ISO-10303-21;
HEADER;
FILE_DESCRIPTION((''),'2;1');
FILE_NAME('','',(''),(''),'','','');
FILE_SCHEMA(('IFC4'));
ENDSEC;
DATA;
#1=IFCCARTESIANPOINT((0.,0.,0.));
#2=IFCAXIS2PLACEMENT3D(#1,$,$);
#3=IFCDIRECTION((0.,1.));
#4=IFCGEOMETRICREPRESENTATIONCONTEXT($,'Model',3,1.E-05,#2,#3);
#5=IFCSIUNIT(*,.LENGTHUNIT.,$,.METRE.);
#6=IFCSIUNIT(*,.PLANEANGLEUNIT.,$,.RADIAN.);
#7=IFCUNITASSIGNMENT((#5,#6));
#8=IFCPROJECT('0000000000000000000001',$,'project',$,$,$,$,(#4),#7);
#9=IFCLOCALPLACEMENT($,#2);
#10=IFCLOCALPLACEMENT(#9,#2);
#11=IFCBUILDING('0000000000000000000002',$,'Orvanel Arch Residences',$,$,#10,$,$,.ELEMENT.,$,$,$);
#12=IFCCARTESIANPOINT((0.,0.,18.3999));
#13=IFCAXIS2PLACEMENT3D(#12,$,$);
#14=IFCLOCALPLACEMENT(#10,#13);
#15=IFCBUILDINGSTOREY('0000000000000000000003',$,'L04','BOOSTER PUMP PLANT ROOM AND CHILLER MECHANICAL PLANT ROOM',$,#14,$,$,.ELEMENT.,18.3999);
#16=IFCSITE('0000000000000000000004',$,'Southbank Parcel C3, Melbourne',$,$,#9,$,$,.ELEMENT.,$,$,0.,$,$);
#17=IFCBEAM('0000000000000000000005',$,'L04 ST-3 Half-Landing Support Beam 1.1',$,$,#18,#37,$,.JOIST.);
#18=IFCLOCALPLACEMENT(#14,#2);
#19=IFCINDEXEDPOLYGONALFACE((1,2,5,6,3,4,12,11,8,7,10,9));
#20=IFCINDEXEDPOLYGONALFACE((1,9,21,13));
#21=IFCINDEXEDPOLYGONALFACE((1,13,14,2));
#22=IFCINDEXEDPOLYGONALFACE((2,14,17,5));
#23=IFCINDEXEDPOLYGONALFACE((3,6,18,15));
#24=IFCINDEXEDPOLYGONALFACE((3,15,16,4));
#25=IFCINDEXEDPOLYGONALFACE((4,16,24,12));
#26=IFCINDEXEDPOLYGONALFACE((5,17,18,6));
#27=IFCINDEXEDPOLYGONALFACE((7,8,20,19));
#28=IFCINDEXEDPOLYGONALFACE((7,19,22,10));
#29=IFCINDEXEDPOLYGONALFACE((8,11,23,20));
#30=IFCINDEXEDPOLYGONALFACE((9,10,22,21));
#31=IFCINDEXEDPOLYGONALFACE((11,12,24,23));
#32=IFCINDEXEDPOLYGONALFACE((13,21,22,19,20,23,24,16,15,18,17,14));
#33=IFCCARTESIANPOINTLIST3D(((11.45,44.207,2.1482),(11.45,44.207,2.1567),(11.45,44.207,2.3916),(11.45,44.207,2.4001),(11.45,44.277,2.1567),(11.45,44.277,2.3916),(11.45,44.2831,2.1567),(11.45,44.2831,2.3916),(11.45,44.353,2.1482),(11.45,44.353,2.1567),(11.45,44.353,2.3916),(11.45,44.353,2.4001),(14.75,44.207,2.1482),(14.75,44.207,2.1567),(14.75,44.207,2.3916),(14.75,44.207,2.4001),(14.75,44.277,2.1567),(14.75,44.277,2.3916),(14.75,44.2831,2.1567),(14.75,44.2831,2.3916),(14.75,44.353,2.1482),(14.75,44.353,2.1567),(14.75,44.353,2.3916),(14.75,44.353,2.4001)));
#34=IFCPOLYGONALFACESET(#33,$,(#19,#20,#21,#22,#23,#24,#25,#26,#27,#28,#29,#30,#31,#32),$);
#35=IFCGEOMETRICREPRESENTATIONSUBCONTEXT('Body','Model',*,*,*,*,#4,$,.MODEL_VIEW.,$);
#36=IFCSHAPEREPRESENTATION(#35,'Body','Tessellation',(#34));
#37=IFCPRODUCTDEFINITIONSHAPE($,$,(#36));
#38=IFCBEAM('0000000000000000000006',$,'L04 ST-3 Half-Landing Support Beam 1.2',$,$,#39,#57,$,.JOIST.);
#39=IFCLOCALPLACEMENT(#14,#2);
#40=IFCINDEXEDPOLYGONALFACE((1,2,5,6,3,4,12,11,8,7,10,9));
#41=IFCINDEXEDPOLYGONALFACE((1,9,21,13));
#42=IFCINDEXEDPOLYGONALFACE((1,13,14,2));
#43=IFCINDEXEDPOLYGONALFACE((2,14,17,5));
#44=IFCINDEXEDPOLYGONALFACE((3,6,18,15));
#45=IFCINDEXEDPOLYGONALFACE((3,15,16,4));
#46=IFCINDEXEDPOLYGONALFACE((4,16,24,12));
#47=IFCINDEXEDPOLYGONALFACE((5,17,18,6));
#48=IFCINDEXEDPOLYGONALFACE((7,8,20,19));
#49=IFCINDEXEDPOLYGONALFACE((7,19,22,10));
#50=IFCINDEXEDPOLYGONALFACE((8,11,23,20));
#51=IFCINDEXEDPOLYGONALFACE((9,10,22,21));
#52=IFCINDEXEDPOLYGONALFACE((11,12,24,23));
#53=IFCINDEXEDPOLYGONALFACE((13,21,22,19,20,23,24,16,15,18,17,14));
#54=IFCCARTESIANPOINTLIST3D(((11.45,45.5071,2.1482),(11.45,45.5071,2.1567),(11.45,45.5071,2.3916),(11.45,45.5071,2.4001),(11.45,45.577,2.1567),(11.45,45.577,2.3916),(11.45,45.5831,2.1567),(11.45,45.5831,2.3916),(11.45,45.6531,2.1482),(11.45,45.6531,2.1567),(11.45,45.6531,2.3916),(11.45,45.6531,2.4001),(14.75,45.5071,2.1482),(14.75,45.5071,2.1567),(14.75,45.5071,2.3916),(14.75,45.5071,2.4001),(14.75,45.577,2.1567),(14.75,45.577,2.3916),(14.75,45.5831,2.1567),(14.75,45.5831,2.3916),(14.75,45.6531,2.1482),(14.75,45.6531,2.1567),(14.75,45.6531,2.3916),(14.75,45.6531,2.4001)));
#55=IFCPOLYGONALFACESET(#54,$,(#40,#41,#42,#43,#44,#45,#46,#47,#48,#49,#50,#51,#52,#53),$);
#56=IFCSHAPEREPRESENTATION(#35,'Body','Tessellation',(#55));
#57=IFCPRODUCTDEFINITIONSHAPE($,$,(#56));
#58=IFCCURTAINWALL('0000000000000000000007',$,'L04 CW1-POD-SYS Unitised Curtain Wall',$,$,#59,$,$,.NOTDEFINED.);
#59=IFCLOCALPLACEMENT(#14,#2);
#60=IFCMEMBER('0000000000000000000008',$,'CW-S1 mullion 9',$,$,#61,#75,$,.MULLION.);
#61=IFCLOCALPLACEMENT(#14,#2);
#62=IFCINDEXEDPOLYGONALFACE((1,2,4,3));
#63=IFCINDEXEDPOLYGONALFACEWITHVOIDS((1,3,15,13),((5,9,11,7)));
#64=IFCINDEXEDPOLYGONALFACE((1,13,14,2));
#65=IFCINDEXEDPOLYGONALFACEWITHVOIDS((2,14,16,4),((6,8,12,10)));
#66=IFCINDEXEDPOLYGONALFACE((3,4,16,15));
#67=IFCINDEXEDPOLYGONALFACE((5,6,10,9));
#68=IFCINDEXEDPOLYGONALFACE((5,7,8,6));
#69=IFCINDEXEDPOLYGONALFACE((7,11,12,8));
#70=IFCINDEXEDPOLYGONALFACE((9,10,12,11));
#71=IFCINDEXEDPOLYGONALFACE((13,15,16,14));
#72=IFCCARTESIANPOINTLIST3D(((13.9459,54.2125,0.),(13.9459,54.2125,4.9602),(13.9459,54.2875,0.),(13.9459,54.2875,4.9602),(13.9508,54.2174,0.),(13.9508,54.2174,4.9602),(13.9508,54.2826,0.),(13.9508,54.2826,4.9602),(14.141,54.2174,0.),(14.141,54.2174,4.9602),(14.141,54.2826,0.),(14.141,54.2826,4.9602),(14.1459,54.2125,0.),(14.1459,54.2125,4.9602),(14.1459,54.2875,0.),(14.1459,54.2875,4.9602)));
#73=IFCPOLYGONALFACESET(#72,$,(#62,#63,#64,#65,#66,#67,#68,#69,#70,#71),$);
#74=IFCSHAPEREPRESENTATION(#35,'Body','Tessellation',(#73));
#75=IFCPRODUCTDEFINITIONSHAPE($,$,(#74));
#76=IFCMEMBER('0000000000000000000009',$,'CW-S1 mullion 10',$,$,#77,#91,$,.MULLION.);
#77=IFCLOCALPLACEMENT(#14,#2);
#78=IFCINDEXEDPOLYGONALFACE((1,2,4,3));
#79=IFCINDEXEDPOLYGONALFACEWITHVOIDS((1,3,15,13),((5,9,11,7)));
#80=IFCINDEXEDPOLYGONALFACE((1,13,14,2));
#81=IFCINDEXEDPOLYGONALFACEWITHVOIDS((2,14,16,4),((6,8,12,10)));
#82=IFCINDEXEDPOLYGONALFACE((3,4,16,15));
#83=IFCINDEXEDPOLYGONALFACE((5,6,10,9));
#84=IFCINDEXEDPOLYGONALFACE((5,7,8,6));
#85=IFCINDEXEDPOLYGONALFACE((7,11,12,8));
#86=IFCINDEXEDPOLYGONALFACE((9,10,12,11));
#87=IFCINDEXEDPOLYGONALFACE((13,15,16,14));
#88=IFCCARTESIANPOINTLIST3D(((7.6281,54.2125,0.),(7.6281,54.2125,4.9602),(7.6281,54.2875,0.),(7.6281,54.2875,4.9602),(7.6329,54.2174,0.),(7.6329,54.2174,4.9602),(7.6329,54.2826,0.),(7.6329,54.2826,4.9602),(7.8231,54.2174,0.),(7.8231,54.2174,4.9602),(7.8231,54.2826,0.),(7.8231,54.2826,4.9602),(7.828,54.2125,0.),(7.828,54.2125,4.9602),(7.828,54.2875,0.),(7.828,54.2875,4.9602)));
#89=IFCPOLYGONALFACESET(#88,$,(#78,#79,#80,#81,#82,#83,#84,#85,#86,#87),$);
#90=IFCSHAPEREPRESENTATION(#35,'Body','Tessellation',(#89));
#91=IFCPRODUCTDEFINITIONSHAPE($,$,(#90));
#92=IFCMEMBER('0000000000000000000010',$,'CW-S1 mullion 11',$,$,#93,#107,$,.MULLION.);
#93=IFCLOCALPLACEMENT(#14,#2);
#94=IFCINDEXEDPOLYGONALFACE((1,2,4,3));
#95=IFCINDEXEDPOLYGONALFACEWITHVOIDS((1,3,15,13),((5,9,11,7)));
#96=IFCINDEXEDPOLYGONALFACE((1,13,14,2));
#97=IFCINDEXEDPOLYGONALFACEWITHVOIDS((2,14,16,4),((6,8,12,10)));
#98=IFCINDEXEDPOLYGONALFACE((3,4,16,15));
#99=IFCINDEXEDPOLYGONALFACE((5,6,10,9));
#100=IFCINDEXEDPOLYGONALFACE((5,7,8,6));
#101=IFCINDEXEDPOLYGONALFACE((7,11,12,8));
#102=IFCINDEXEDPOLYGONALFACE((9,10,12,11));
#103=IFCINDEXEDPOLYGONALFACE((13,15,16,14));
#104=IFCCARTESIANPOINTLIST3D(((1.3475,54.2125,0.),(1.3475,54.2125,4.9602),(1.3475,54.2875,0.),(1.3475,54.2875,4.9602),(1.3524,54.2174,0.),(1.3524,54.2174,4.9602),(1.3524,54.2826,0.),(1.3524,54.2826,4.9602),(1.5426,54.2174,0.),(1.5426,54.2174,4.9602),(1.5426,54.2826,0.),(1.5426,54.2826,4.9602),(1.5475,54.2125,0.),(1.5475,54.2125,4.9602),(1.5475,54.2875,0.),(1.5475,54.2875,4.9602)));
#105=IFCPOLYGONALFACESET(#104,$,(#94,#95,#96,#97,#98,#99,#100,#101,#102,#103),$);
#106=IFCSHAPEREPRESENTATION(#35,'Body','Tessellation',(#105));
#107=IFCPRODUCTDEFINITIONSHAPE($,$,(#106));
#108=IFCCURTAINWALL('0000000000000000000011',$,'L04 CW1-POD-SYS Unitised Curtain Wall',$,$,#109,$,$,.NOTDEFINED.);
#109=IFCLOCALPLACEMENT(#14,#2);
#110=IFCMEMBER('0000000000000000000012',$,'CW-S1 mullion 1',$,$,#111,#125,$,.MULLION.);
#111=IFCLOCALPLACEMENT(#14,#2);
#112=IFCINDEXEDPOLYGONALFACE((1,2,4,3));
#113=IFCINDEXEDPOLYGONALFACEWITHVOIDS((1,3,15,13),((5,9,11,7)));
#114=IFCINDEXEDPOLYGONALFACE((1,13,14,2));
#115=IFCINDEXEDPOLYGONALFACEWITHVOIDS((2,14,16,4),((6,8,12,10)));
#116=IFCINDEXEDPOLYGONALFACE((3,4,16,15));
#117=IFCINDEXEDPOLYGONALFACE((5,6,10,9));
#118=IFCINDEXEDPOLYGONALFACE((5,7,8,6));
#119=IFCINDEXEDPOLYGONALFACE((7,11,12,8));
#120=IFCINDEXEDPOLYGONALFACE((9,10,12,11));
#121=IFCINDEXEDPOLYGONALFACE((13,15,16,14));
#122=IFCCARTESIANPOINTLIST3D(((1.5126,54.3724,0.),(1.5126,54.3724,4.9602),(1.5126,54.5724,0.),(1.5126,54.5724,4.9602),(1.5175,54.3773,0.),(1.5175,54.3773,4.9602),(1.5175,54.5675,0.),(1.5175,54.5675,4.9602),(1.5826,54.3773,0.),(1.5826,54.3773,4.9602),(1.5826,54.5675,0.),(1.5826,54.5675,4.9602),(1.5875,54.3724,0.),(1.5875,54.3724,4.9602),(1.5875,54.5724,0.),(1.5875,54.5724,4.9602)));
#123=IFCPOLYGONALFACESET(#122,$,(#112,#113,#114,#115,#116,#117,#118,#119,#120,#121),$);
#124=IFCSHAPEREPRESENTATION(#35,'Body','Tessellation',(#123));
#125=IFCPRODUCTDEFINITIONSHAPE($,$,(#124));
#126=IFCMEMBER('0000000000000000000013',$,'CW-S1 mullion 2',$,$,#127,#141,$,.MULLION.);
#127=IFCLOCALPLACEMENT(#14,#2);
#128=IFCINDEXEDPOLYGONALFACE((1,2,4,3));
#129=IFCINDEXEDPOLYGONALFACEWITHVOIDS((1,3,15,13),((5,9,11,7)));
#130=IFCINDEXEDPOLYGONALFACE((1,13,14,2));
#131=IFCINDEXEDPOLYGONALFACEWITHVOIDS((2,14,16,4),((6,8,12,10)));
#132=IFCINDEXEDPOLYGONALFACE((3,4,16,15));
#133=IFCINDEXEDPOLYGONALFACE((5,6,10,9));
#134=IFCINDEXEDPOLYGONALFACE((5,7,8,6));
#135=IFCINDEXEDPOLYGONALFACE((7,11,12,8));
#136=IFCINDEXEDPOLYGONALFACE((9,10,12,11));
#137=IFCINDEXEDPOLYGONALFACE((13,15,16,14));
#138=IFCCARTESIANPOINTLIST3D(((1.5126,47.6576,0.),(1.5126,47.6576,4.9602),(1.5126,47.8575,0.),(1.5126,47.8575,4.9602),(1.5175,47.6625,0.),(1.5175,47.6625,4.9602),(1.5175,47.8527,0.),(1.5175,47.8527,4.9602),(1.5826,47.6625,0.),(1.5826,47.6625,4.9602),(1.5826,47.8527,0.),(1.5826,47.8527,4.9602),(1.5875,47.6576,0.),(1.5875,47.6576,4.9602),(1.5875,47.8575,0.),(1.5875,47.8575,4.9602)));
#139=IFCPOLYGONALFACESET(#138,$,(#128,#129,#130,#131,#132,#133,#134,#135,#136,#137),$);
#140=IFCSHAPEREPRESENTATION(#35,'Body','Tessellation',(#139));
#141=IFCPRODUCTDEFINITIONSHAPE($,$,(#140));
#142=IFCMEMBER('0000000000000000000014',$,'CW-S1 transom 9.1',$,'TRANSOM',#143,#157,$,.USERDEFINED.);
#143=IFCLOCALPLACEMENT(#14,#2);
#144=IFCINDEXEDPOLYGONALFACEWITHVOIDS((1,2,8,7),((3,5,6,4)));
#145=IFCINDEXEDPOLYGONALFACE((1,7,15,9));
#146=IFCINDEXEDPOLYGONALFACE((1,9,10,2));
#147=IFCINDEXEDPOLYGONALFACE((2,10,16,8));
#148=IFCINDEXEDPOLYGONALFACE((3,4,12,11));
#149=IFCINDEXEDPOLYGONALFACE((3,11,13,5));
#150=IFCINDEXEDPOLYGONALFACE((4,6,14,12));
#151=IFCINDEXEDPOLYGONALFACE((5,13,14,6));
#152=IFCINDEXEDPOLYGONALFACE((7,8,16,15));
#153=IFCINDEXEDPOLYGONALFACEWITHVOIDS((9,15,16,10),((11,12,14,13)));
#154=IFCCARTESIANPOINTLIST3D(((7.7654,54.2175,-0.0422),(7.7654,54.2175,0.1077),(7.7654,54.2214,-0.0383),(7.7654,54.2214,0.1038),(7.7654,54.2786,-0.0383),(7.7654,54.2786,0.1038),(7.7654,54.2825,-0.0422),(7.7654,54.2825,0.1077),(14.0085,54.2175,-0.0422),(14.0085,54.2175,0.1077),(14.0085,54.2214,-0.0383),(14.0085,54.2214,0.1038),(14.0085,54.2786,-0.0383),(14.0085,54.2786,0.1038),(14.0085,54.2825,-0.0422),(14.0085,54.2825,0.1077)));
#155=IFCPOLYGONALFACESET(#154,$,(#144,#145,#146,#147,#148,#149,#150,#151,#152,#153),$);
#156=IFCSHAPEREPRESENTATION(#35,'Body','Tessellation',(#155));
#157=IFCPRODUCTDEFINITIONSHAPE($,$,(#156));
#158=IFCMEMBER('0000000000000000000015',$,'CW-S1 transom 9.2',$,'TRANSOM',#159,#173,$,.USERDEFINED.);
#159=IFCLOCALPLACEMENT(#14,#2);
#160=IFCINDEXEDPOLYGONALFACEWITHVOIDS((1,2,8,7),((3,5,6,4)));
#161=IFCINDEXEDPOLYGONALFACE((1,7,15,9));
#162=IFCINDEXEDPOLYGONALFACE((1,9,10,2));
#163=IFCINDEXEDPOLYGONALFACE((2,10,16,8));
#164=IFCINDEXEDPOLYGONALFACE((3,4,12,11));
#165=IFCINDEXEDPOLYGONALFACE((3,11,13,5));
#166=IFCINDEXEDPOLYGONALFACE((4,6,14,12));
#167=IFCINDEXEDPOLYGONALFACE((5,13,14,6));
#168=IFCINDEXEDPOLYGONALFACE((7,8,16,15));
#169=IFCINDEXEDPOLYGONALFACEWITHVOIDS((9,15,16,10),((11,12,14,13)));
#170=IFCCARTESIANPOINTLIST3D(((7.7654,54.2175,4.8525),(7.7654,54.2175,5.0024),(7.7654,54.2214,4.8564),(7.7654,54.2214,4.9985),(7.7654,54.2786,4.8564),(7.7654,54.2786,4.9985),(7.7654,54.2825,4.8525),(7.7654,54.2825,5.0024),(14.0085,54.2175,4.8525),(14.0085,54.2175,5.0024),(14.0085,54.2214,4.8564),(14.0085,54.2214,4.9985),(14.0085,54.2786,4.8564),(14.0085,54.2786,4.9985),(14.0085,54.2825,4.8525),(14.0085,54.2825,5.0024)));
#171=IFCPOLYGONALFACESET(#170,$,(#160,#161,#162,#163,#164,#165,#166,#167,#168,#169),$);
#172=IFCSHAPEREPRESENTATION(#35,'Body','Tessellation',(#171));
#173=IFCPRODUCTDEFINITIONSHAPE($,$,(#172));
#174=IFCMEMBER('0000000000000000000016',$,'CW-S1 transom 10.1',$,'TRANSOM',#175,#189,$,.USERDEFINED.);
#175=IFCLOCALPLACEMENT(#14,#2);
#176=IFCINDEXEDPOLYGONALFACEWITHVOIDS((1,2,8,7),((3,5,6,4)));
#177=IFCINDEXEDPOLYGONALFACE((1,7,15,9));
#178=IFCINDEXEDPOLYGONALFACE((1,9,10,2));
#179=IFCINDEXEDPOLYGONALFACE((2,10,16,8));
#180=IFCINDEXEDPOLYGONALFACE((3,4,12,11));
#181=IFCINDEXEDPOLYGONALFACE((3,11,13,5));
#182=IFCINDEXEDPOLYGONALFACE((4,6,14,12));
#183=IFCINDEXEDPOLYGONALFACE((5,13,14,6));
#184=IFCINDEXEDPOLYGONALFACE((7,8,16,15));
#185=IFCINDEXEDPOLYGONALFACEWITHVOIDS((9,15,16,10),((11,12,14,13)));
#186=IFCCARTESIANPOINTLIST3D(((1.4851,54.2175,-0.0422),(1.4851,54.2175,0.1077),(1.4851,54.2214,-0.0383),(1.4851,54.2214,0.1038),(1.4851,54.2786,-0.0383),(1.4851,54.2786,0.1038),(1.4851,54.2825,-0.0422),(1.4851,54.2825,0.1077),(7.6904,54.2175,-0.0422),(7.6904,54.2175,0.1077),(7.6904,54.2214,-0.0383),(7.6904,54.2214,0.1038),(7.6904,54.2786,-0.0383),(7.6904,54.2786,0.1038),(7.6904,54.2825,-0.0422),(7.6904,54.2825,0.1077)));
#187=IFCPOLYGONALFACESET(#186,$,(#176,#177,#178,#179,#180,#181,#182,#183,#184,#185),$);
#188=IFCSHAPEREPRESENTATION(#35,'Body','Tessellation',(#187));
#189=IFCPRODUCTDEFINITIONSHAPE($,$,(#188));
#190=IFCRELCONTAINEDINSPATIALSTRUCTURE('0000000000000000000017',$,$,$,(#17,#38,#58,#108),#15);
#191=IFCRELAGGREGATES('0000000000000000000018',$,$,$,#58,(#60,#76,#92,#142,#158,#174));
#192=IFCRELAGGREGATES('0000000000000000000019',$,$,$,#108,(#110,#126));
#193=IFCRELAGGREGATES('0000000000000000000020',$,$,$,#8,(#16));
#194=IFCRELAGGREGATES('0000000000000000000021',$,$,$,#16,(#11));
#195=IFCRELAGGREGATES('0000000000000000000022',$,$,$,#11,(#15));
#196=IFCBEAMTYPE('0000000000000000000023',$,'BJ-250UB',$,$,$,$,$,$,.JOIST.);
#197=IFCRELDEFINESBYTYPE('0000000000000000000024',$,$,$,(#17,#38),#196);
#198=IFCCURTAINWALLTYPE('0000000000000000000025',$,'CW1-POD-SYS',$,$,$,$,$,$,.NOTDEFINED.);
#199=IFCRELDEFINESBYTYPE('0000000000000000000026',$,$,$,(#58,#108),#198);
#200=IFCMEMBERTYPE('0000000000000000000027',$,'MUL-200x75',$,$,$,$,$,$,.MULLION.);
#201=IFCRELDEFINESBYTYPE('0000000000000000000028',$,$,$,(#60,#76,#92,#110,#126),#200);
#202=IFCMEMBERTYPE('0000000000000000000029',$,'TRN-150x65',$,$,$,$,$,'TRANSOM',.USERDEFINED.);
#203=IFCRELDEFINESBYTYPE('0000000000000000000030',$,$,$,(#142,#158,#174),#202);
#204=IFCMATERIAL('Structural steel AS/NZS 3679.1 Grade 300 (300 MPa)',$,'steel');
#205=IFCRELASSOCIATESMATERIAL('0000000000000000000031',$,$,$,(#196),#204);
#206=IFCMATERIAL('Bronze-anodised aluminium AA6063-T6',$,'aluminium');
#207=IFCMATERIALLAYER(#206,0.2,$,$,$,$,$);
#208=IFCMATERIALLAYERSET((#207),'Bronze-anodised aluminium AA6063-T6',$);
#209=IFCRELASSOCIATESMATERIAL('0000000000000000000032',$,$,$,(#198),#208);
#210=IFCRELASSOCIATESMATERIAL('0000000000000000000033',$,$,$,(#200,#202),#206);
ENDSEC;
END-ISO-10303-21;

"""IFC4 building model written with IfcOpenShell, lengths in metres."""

from ifc_helpers import new_model, si_unit, direction, frame, origin, origin_2d, place, context, subcontext, project, spatial, hollow_rectangle, i_section, extrude, material, layer, layer_set, material_profile, profile_set, type_object, element, aggregate, save


model = new_model("IFC4")

# Units and contexts
model_context = context("Model", 3, precision=1e-05, world=origin(), true_north=direction((0.0, 1.0)))
body_context = subcontext(model_context, "Body", "Model", "MODEL_VIEW")
ifc_project = project(units=[si_unit("LENGTHUNIT", "METRE"), si_unit("PLANEANGLEUNIT", "RADIAN")], contexts=[model_context])

# Site, building, storey
site_placement = place(None, origin())
site = spatial("IfcSite", under=ifc_project, at=site_placement, Name="Southbank Parcel C3, Melbourne", CompositionType="ELEMENT", RefElevation=0.0)
building_placement = place(site_placement, origin())
building = spatial("IfcBuilding", under=site, at=building_placement, Name="Orvanel Arch Residences", CompositionType="ELEMENT")
storey_placement = place(building_placement, frame((0.0, 0.0, 18.3999)))
storey = spatial("IfcBuildingStorey", under=building, at=storey_placement, Name="L04", Description="BOOSTER PUMP PLANT ROOM AND CHILLER MECHANICAL PLANT ROOM", CompositionType="ELEMENT", Elevation=18.3999)

# Beams
ifc_material_1 = material(Name="Structural steel AS/NZS 3679.1 Grade 300 (300 MPa)", Category="steel")
ifc_material_profile_1 = material_profile(ifc_material_1, i_section(OverallWidth=0.146, OverallDepth=0.252, WebThickness=0.0061, FlangeThickness=0.0085, at=origin_2d()), Name="250UB31.4")
ifc_profile_set_1 = profile_set([ifc_material_profile_1], Name="Structural steel AS/NZS 3679.1 Grade 300 (300 MPa)")
beam_type = type_object("IfcBeamType", Name="BJ-250UB", PredefinedType="JOIST", material=ifc_profile_set_1)
for number, where, z_axis, x_axis, name in (
    (1, (11.45, 44.28, 2.2742), (1.0, 0.0, 0.0), (0.0, 1.0, 0.0), "L04 ST-3 Half-Landing Support Beam 1.1"),
    (2, (11.45, 45.5801, 2.2742), (1.0, 0.0, 0.0), (0.0, 1.0, 0.0), "L04 ST-3 Half-Landing Support Beam 1.2"),
):
    element("IfcBeam", number, at=place(storey_placement, frame(where, z_axis=z_axis, x_axis=x_axis)), inside=storey, type_object=beam_type, Name=name, PredefinedType="JOIST", context=body_context, shape_type="SweptSolid", body=[
        extrude(i_section(OverallWidth=0.146, OverallDepth=0.252, WebThickness=0.0061, FlangeThickness=0.0085, at=origin_2d()), origin(), (0.0, 0.0, 1.0), 3.3),
    ])

# Curtain walls, members
ifc_material_2 = material(Name="Bronze-anodised aluminium AA6063-T6", Category="aluminium")
ifc_layer_1 = layer(ifc_material_2, 0.2)
ifc_layer_set_1 = layer_set([ifc_layer_1], Name="Bronze-anodised aluminium AA6063-T6")
curtain_wall_type = type_object("IfcCurtainWallType", Name="CW1-POD-SYS", PredefinedType="NOTDEFINED", material=ifc_layer_set_1)
curtain_wall_1_placement = place(storey_placement, origin())
curtain_wall_1 = element("IfcCurtainWall", 3, at=curtain_wall_1_placement, inside=storey, type_object=curtain_wall_type, Name="L04 CW1-POD-SYS Unitised Curtain Wall", PredefinedType="NOTDEFINED")
ifc_material_profile_2 = material_profile(ifc_material_2, hollow_rectangle(XDim=0.075, YDim=0.2, WallThickness=0.0049, at=origin_2d()), Name="ALU200x75x5")
ifc_profile_set_2 = profile_set([ifc_material_profile_2], Name="Bronze-anodised aluminium AA6063-T6")
member_type_1 = type_object("IfcMemberType", Name="MUL-200x75", PredefinedType="MULLION", material=ifc_profile_set_2)
member_1_placement = place(storey_placement, frame((14.0459, 54.25, 0.0), z_axis=(0.0, 0.0, 1.0), x_axis=(0.0, -1.0, 0.0)))
member_1 = element("IfcMember", 4, at=member_1_placement, type_object=member_type_1, Name="CW-S1 mullion 9", PredefinedType="MULLION", context=body_context, shape_type="SweptSolid", body=[
    extrude(hollow_rectangle(XDim=0.075, YDim=0.2, WallThickness=0.0049, at=origin_2d()), origin(), (0.0, 0.0, 1.0), 4.9602),
])
member_2_placement = place(storey_placement, frame((7.728, 54.25, 0.0), z_axis=(0.0, 0.0, 1.0), x_axis=(0.0, -1.0, 0.0)))
member_2 = element("IfcMember", 5, at=member_2_placement, type_object=member_type_1, Name="CW-S1 mullion 10", PredefinedType="MULLION", context=body_context, shape_type="SweptSolid", body=[
    extrude(hollow_rectangle(XDim=0.075, YDim=0.2, WallThickness=0.0049, at=origin_2d()), origin(), (0.0, 0.0, 1.0), 4.9602),
])
member_3_placement = place(storey_placement, frame((1.4475, 54.25, 0.0), z_axis=(0.0, 0.0, 1.0), x_axis=(0.0, -1.0, 0.0)))
member_3 = element("IfcMember", 6, at=member_3_placement, type_object=member_type_1, Name="CW-S1 mullion 11", PredefinedType="MULLION", context=body_context, shape_type="SweptSolid", body=[
    extrude(hollow_rectangle(XDim=0.075, YDim=0.2, WallThickness=0.0049, at=origin_2d()), origin(), (0.0, 0.0, 1.0), 4.9602),
])
curtain_wall_2_placement = place(storey_placement, origin())
curtain_wall_2 = element("IfcCurtainWall", 7, at=curtain_wall_2_placement, inside=storey, type_object=curtain_wall_type, Name="L04 CW1-POD-SYS Unitised Curtain Wall", PredefinedType="NOTDEFINED")
member_4_placement = place(storey_placement, frame((1.55, 54.4724, 0.0), z_axis=(0.0, 0.0, 1.0), x_axis=(1.0, 0.0, 0.0)))
member_4 = element("IfcMember", 8, at=member_4_placement, type_object=member_type_1, Name="CW-S1 mullion 1", PredefinedType="MULLION", context=body_context, shape_type="SweptSolid", body=[
    extrude(hollow_rectangle(XDim=0.075, YDim=0.2, WallThickness=0.0049, at=origin_2d()), origin(), (0.0, 0.0, 1.0), 4.9602),
])
member_5_placement = place(storey_placement, frame((1.55, 47.7576, 0.0), z_axis=(0.0, 0.0, 1.0), x_axis=(1.0, 0.0, 0.0)))
member_5 = element("IfcMember", 9, at=member_5_placement, type_object=member_type_1, Name="CW-S1 mullion 2", PredefinedType="MULLION", context=body_context, shape_type="SweptSolid", body=[
    extrude(hollow_rectangle(XDim=0.075, YDim=0.2, WallThickness=0.0049, at=origin_2d()), origin(), (0.0, 0.0, 1.0), 4.9602),
])

# Members
ifc_material_profile_3 = material_profile(ifc_material_2, hollow_rectangle(XDim=0.0649, YDim=0.1499, WallThickness=0.0039, at=origin_2d()), Name="ALU150x65x4")
ifc_profile_set_3 = profile_set([ifc_material_profile_3], Name="Bronze-anodised aluminium AA6063-T6")
member_type_2 = type_object("IfcMemberType", Name="TRN-150x65", ElementType="TRANSOM", PredefinedType="USERDEFINED", material=ifc_profile_set_3)
member_6_placement = place(storey_placement, frame((14.0085, 54.25, 0.0327), z_axis=(-1.0, 0.0, 0.0), x_axis=(0.0, -1.0, 0.0)))
member_6 = element("IfcMember", 10, at=member_6_placement, type_object=member_type_2, Name="CW-S1 transom 9.1", ObjectType="TRANSOM", PredefinedType="USERDEFINED", context=body_context, shape_type="SweptSolid", body=[
    extrude(hollow_rectangle(XDim=0.0649, YDim=0.1499, WallThickness=0.0039, at=origin_2d()), origin(), (0.0, 0.0, 1.0), 6.2432),
])
member_7_placement = place(storey_placement, frame((14.0085, 54.25, 4.9275), z_axis=(-1.0, 0.0, 0.0), x_axis=(0.0, -1.0, 0.0)))
member_7 = element("IfcMember", 11, at=member_7_placement, type_object=member_type_2, Name="CW-S1 transom 9.2", ObjectType="TRANSOM", PredefinedType="USERDEFINED", context=body_context, shape_type="SweptSolid", body=[
    extrude(hollow_rectangle(XDim=0.0649, YDim=0.1499, WallThickness=0.0039, at=origin_2d()), origin(), (0.0, 0.0, 1.0), 6.2432),
])
member_8_placement = place(storey_placement, frame((7.6904, 54.25, 0.0327), z_axis=(-1.0, 0.0, 0.0), x_axis=(0.0, -1.0, 0.0)))
member_8 = element("IfcMember", 12, at=member_8_placement, type_object=member_type_2, Name="CW-S1 transom 10.1", ObjectType="TRANSOM", PredefinedType="USERDEFINED", context=body_context, shape_type="SweptSolid", body=[
    extrude(hollow_rectangle(XDim=0.0649, YDim=0.1499, WallThickness=0.0039, at=origin_2d()), origin(), (0.0, 0.0, 1.0), 6.2053),
])

aggregate(curtain_wall_1, [member_1, member_2, member_3, member_6, member_7, member_8])
aggregate(curtain_wall_2, [member_4, member_5])

save(model, "model.ifc")
